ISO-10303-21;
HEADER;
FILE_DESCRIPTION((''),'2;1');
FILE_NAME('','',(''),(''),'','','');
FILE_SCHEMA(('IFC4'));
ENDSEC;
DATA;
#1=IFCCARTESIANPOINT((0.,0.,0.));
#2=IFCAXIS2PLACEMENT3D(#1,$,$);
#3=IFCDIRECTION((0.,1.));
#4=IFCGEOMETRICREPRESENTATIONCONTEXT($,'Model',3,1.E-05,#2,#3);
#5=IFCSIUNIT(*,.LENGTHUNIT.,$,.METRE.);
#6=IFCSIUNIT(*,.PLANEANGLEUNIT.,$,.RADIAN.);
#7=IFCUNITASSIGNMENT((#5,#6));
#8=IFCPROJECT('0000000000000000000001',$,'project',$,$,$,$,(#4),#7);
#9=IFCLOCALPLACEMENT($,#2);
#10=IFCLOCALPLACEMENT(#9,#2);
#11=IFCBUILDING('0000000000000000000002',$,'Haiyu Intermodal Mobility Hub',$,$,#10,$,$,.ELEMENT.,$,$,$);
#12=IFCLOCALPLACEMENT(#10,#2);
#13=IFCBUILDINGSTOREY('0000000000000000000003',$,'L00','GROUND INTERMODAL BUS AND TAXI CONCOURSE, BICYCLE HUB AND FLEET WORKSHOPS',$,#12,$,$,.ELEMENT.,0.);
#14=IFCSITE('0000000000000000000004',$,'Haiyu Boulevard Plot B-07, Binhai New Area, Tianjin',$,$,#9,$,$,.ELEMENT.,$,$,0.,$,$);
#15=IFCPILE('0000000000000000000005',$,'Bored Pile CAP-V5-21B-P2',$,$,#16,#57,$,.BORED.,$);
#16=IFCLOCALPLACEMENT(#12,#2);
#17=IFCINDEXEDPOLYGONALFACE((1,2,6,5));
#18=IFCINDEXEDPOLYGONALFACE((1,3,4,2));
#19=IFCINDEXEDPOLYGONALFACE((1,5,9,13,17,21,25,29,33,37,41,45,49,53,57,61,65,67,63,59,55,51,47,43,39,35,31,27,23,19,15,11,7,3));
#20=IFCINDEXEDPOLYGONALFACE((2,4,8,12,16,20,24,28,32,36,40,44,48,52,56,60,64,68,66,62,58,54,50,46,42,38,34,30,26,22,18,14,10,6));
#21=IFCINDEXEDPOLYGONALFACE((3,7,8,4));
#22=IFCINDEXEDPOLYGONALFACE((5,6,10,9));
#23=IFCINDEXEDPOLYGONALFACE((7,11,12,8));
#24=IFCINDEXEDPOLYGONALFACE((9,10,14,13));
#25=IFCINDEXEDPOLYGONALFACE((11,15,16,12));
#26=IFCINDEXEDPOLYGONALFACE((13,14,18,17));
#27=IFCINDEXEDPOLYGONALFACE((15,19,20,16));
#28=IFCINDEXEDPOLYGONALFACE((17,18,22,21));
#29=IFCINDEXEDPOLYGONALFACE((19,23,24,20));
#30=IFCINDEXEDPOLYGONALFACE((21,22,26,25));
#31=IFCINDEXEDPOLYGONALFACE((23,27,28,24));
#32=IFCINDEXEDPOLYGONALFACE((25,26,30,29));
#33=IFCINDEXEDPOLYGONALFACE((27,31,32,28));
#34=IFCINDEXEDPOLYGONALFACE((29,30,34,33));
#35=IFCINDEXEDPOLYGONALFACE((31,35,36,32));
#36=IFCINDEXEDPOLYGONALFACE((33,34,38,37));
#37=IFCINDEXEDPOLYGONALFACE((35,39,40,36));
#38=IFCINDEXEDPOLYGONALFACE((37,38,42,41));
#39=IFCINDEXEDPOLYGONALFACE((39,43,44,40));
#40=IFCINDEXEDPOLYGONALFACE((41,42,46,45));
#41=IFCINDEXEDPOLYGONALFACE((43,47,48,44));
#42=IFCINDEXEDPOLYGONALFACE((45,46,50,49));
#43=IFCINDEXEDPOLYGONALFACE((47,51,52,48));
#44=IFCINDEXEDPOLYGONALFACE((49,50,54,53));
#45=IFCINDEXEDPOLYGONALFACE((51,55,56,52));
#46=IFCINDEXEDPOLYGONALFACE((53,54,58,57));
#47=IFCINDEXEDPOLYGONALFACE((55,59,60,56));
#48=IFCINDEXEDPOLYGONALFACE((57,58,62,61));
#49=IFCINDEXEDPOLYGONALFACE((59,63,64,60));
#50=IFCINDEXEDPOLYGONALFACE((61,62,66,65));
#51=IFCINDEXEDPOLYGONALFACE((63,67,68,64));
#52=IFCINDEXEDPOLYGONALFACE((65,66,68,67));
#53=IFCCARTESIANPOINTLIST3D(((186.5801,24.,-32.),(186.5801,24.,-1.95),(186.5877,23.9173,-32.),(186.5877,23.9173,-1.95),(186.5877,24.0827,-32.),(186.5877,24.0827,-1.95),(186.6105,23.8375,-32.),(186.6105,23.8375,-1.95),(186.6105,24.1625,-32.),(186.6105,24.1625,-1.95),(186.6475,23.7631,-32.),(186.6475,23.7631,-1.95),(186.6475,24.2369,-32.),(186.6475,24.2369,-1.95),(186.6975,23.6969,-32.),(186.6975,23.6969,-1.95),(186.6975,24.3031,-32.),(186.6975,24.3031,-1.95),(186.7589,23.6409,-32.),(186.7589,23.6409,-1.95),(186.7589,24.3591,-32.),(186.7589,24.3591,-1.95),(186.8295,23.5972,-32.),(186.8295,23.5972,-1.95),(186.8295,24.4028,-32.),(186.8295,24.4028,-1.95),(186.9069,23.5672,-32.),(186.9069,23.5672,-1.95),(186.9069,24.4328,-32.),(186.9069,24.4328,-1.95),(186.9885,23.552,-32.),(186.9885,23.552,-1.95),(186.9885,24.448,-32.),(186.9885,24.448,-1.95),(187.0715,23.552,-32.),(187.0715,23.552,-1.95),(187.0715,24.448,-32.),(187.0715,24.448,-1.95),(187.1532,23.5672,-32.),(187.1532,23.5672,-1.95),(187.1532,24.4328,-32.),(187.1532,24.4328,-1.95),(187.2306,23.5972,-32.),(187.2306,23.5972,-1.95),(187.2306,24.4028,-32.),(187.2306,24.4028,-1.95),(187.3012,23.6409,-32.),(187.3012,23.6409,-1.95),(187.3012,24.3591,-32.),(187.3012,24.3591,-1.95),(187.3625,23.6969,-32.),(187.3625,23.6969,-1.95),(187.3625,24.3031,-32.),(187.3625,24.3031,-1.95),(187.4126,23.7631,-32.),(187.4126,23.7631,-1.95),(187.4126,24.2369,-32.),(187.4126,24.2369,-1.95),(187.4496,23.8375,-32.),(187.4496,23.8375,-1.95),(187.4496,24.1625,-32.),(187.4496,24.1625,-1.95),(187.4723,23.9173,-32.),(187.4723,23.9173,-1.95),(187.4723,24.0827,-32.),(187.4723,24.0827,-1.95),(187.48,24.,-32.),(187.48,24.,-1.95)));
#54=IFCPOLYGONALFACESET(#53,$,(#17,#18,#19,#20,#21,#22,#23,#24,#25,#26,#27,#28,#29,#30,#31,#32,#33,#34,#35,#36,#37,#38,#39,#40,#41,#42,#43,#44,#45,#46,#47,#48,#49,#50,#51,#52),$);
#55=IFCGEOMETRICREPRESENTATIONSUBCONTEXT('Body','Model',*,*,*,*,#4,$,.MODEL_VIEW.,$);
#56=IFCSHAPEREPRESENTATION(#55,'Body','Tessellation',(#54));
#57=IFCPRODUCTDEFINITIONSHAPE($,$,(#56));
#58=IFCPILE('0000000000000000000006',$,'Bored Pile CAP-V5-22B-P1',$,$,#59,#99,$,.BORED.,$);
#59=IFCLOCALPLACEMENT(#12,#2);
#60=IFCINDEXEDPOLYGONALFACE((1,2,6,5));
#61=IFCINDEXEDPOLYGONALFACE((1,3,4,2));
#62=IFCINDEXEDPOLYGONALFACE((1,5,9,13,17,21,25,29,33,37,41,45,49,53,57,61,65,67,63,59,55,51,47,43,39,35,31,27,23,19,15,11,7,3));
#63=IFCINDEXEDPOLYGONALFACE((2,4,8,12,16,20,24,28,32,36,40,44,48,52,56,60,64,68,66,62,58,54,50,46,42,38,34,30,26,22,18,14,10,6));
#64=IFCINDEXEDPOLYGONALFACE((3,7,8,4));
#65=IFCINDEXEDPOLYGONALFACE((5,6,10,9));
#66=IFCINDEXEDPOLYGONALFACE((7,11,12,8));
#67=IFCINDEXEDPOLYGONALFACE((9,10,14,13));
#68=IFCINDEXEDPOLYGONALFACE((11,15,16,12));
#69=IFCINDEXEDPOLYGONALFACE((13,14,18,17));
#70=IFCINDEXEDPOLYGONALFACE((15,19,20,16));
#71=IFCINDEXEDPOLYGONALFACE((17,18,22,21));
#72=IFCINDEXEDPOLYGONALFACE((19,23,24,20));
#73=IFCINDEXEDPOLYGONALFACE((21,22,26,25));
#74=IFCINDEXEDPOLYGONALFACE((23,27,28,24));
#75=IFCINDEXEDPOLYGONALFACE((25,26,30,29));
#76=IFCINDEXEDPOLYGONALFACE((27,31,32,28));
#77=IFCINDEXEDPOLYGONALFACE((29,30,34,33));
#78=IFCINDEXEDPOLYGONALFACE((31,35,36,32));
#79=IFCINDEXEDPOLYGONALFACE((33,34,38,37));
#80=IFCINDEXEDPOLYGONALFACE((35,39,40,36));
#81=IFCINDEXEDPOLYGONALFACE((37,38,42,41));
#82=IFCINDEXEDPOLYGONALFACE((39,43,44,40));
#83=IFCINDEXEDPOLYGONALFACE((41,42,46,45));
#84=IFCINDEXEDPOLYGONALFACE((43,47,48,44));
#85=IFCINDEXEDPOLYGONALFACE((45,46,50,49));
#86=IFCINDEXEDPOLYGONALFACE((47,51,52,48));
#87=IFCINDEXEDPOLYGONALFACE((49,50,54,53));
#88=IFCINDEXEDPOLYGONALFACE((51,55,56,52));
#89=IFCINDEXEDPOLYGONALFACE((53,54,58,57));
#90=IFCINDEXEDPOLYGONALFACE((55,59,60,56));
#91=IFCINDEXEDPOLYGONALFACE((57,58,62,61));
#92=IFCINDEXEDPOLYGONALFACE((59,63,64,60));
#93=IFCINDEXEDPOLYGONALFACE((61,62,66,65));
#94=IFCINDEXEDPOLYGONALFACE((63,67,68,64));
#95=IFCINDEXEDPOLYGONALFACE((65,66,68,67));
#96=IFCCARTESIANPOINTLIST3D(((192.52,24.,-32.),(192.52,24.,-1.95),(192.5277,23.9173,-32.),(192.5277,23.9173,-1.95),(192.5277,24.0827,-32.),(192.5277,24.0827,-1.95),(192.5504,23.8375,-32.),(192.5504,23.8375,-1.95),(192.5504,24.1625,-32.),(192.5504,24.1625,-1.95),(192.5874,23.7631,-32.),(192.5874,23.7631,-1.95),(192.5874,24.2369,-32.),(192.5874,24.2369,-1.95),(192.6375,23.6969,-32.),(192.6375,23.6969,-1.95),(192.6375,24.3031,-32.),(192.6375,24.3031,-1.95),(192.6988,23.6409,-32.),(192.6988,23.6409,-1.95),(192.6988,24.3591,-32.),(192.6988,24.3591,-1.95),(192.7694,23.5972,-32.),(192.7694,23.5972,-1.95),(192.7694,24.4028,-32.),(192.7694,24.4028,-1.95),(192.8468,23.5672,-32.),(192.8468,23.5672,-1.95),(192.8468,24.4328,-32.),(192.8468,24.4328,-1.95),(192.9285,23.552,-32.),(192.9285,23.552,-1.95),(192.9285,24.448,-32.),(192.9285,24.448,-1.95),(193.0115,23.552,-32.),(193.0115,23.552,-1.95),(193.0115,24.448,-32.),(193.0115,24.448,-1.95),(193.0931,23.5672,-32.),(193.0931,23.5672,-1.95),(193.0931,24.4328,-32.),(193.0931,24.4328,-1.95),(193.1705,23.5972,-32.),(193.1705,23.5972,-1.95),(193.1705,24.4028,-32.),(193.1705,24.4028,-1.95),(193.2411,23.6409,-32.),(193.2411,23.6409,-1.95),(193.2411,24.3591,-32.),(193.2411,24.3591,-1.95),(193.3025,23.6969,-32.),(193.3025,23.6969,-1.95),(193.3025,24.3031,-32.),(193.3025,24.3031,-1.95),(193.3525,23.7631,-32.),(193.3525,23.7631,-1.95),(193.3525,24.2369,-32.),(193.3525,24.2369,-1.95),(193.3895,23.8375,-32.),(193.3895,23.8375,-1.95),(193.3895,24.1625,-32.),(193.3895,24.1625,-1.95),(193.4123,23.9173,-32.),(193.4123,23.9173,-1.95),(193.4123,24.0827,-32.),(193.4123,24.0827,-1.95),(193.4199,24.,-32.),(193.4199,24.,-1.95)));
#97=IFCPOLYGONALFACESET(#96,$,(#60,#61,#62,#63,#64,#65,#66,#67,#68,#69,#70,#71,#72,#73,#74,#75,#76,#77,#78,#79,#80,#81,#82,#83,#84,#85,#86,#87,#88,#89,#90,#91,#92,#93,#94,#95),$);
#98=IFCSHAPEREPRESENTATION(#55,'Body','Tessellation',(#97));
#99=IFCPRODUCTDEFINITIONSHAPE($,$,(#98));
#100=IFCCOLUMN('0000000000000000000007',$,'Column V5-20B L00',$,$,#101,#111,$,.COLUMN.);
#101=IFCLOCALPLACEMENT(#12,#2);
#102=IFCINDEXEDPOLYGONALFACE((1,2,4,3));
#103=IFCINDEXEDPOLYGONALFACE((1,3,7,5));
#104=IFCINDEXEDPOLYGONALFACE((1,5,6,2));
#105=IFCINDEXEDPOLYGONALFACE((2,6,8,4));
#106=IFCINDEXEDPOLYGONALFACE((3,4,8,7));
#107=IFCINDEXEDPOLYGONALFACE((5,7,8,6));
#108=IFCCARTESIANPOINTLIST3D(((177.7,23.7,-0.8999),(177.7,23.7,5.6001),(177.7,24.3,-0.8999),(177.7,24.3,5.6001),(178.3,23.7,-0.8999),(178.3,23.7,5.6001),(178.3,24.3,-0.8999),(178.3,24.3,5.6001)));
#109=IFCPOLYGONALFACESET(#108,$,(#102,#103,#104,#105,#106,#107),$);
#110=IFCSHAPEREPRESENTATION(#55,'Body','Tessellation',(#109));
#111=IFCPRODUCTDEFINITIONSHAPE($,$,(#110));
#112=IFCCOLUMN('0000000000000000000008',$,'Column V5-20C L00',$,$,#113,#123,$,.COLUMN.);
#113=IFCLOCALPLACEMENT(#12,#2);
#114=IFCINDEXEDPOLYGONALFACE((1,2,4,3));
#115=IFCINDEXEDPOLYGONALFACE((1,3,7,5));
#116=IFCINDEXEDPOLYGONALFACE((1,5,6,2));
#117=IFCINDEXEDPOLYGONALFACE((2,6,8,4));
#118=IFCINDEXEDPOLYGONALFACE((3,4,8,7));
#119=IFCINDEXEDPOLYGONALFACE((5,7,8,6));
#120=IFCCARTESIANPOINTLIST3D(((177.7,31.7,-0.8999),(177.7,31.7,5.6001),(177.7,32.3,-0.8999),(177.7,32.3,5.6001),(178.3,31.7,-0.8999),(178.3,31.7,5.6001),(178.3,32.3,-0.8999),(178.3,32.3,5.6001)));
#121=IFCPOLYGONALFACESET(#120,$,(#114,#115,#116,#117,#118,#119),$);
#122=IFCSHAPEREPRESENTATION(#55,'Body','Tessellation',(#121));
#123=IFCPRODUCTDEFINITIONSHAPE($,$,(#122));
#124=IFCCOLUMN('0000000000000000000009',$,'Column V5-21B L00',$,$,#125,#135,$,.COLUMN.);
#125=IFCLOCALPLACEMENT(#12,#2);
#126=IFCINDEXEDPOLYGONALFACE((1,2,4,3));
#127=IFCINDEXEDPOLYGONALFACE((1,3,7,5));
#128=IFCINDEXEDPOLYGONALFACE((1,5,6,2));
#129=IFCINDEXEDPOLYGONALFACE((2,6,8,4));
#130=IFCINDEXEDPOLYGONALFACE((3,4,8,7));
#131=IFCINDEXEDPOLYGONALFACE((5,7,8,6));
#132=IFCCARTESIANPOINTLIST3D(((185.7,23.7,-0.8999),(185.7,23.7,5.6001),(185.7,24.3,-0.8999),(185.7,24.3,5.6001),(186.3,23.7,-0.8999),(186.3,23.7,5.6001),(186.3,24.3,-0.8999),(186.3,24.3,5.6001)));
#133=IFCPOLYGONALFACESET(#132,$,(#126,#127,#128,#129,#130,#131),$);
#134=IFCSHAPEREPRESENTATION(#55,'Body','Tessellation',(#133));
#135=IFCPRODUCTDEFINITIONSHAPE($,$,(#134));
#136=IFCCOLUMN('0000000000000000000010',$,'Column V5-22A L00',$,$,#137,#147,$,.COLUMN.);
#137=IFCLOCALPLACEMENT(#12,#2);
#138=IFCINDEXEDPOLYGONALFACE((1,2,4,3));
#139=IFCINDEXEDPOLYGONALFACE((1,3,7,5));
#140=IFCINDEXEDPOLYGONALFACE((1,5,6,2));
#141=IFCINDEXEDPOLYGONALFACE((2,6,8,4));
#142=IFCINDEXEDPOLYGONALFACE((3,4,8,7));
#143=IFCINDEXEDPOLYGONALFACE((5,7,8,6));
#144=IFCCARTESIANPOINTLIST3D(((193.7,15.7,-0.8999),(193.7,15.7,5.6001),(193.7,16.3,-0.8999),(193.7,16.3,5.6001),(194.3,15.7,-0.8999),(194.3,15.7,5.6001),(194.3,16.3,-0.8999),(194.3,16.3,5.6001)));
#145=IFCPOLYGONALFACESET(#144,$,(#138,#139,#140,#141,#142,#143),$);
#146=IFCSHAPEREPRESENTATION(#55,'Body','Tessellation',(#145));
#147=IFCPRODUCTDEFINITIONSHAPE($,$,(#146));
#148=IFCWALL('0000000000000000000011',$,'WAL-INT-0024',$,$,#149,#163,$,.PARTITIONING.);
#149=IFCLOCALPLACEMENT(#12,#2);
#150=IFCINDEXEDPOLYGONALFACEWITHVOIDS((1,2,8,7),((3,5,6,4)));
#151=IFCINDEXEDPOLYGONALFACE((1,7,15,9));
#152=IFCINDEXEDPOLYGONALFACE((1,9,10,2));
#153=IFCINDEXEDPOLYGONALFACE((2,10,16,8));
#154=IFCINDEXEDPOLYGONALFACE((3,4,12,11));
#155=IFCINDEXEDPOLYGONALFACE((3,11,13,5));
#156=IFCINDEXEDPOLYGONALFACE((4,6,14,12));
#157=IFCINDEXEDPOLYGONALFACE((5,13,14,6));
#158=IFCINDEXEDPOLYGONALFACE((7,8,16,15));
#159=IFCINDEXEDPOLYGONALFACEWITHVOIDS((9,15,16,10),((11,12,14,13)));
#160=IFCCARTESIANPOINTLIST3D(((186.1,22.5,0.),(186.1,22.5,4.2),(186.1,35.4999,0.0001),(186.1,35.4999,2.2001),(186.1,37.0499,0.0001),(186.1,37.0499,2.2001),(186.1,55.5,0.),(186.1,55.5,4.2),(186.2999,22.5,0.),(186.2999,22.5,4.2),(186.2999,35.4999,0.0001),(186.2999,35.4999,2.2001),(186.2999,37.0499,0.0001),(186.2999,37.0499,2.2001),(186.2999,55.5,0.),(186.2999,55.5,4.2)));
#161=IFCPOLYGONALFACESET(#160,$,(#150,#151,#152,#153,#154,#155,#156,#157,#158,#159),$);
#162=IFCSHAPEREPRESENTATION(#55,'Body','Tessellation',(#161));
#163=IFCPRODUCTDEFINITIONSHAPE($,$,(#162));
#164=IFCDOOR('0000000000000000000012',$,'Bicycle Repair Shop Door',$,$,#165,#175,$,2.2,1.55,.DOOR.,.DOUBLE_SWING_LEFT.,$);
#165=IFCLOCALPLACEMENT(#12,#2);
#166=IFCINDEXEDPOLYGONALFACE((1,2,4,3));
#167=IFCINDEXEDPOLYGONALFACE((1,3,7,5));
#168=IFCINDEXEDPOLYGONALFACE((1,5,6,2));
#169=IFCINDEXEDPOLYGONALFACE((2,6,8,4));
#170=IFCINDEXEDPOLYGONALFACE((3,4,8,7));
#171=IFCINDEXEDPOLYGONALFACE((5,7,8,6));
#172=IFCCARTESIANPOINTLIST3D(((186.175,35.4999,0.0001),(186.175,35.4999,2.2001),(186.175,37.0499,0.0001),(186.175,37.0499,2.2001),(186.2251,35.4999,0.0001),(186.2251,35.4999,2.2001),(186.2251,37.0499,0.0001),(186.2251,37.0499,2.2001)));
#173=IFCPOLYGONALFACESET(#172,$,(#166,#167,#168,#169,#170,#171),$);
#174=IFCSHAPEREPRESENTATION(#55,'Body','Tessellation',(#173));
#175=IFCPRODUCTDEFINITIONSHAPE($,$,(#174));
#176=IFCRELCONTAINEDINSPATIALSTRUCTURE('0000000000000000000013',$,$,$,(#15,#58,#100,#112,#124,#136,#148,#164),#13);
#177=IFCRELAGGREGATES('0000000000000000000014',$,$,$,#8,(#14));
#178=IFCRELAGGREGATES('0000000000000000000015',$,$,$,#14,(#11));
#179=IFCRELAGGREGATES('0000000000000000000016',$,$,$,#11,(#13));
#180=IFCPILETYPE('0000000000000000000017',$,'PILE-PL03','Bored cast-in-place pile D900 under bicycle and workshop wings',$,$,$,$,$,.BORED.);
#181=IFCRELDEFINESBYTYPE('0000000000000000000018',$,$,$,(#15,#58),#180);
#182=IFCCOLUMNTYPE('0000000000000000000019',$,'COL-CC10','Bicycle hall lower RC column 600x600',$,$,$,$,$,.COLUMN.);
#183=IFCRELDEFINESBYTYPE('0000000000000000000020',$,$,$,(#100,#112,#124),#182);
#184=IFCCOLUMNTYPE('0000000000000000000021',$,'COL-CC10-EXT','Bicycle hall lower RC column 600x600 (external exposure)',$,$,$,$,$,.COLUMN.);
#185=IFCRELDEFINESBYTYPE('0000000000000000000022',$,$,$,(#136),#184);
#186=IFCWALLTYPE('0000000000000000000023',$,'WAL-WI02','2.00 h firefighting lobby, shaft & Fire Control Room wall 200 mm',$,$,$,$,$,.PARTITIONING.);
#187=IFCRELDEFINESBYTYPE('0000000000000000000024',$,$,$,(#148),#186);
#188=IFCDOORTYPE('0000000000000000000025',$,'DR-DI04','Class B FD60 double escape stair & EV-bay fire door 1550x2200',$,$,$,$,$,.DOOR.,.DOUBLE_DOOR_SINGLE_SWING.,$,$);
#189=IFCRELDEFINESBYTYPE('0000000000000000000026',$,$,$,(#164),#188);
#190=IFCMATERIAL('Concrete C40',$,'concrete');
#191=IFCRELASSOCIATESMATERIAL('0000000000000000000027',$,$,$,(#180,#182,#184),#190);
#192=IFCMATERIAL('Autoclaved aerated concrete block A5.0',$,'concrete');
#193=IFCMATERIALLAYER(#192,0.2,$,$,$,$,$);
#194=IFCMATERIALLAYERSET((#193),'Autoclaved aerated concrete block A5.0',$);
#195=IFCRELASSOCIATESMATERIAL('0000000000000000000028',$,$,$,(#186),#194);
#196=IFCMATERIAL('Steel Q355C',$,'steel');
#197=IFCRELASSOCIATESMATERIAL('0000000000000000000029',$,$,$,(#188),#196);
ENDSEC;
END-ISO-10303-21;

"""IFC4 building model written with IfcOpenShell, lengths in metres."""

from ifc_helpers import new_model, si_unit, direction, frame, frame_2d, origin, origin_2d, place, context, subcontext, project, spatial, rectangle, circle, extrude, material, layer, layer_set, material_profile, profile_set, type_object, element, fill, save


model = new_model("IFC4")

# Units and contexts
model_context = context("Model", 3, precision=1e-05, world=origin(), true_north=direction((0.0, 1.0)))
body_context = subcontext(model_context, "Body", "Model", "MODEL_VIEW")
ifc_project = project(units=[si_unit("LENGTHUNIT", "METRE"), si_unit("PLANEANGLEUNIT", "RADIAN")], contexts=[model_context])

# Site, building, storey
site_placement = place(None, origin())
site = spatial("IfcSite", under=ifc_project, at=site_placement, Name="Haiyu Boulevard Plot B-07, Binhai New Area, Tianjin", CompositionType="ELEMENT", RefElevation=0.0)
building_placement = place(site_placement, origin())
building = spatial("IfcBuilding", under=site, at=building_placement, Name="Haiyu Intermodal Mobility Hub", CompositionType="ELEMENT")
storey_placement = place(building_placement, origin())
storey = spatial("IfcBuildingStorey", under=building, at=storey_placement, Name="L00", Description="GROUND INTERMODAL BUS AND TAXI CONCOURSE, BICYCLE HUB AND FLEET WORKSHOPS", CompositionType="ELEMENT", Elevation=0.0)

# Shared definitions
ifc_material_1 = material(Name="Concrete C40", Category="concrete")

# Piles
ifc_material_profile_1 = material_profile(ifc_material_1, circle(Radius=0.45, at=origin_2d()), Name="PILE-D900")
ifc_profile_set_1 = profile_set([ifc_material_profile_1], Name="Concrete C40")
pile_type = type_object("IfcPileType", Name="PILE-PL03", Description="Bored cast-in-place pile D900 under bicycle and workshop wings", PredefinedType="BORED", material=ifc_profile_set_1)
for number, where, z_axis, x_axis, name in (
    (1, (187.03, 24.0, -1.95), (0.0, 0.0, -1.0), (1.0, 0.0, 0.0), "Bored Pile CAP-V5-21B-P2"),
    (2, (192.97, 24.0, -1.95), (0.0, 0.0, -1.0), (1.0, 0.0, 0.0), "Bored Pile CAP-V5-22B-P1"),
):
    element("IfcPile", number, at=place(storey_placement, frame(where, z_axis=z_axis, x_axis=x_axis)), inside=storey, type_object=pile_type, Name=name, PredefinedType="BORED", context=body_context, shape_type="SweptSolid", body=[
        extrude(circle(Radius=0.45, at=origin_2d()), origin(), (0.0, 0.0, 1.0), 30.05),
    ])

# Columns
ifc_material_profile_2 = material_profile(ifc_material_1, rectangle(XDim=0.6001, YDim=0.6001, at=origin_2d()), Name="RC600x600")
ifc_profile_set_2 = profile_set([ifc_material_profile_2], Name="Concrete C40")
column_type_1 = type_object("IfcColumnType", Name="COL-CC10", Description="Bicycle hall lower RC column 600x600", PredefinedType="COLUMN", material=ifc_profile_set_2)
for number, where, z_axis, x_axis, name in (
    (3, (178.0, 24.0, -0.8999), (0.0, 0.0, 1.0), (1.0, 0.0, 0.0), "Column V5-20B L00"),
    (4, (178.0, 32.0, -0.8999), (0.0, 0.0, 1.0), (1.0, 0.0, 0.0), "Column V5-20C L00"),
    (5, (186.0, 24.0, -0.8999), (0.0, 0.0, 1.0), (1.0, 0.0, 0.0), "Column V5-21B L00"),
):
    element("IfcColumn", number, at=place(storey_placement, frame(where, z_axis=z_axis, x_axis=x_axis)), inside=storey, type_object=column_type_1, Name=name, PredefinedType="COLUMN", context=body_context, shape_type="SweptSolid", body=[
        extrude(rectangle(XDim=0.6001, YDim=0.6001, at=origin_2d()), origin(), (0.0, 0.0, 1.0), 6.5),
    ])
ifc_material_profile_3 = material_profile(ifc_material_1, rectangle(XDim=0.6001, YDim=0.6001, at=origin_2d()), Name="RC600x600")
ifc_profile_set_3 = profile_set([ifc_material_profile_3], Name="Concrete C40")
column_type_2 = type_object("IfcColumnType", Name="COL-CC10-EXT", Description="Bicycle hall lower RC column 600x600 (external exposure)", PredefinedType="COLUMN", material=ifc_profile_set_3)
column_placement = place(storey_placement, frame((194.0, 16.0, -0.8999), z_axis=(0.0, 0.0, 1.0), x_axis=(1.0, 0.0, 0.0)))
element("IfcColumn", 6, at=column_placement, inside=storey, type_object=column_type_2, Name="Column V5-22A L00", PredefinedType="COLUMN", context=body_context, shape_type="SweptSolid", body=[
    extrude(rectangle(XDim=0.6001, YDim=0.6001, at=origin_2d()), origin(), (0.0, 0.0, 1.0), 6.5),
])

# Wall, opening, door
ifc_material_2 = material(Name="Autoclaved aerated concrete block A5.0", Category="concrete")
ifc_layer_1 = layer(ifc_material_2, 0.2)
ifc_layer_set_1 = layer_set([ifc_layer_1], Name="Autoclaved aerated concrete block A5.0")
wall_type = type_object("IfcWallType", Name="WAL-WI02", Description="2.00 h firefighting lobby, shaft & Fire Control Room wall 200 mm", PredefinedType="PARTITIONING", material=ifc_layer_set_1)
wall_placement = place(storey_placement, frame((186.2, 22.5, 0.0), z_axis=(0.0, 0.0, 1.0), x_axis=(0.0, 1.0, 0.0)))
wall = element("IfcWall", 7, at=wall_placement, inside=storey, type_object=wall_type, Name="WAL-INT-0024", PredefinedType="PARTITIONING", context=body_context, shape_type="SweptSolid", body=[
    extrude(rectangle(XDim=33.0, YDim=0.2, at=frame_2d((16.5, 0.0))), origin(), (0.0, 0.0, 1.0), 4.2),
])
opening_placement = place(wall_placement, frame((13.0, 0.0, 0.0)))
opening = element("IfcOpeningElement", 8, at=opening_placement, cuts=wall, PredefinedType="OPENING", context=body_context, shape_type="SweptSolid", body=[
    extrude(rectangle(XDim=1.55, YDim=2.2, at=frame_2d((0.7749, 1.1001))), frame((0.0, 0.1099, 0.0), z_axis=(0.0, -1.0, 0.0), x_axis=(1.0, 0.0, 0.0)), (0.0, 0.0, 1.0), 0.22),
])
ifc_material_3 = material(Name="Steel Q355C", Category="steel")
door_type = type_object("IfcDoorType", Name="DR-DI04", Description="Class B FD60 double escape stair & EV-bay fire door 1550x2200", OperationType="DOUBLE_DOOR_SINGLE_SWING", PredefinedType="DOOR", material=ifc_material_3)
door_placement = place(opening_placement, origin())
door = element("IfcDoor", 9, at=door_placement, inside=storey, type_object=door_type, Name="Bicycle Repair Shop Door", OperationType="DOUBLE_SWING_LEFT", OverallHeight=2.2, OverallWidth=1.55, PredefinedType="DOOR", context=body_context, shape_type="SweptSolid", body=[
    extrude(rectangle(XDim=1.55, YDim=2.2, at=frame_2d((0.7749, 1.1001))), frame((0.0, 0.0249, 0.0), z_axis=(0.0, -1.0, 0.0), x_axis=(1.0, 0.0, 0.0)), (0.0, 0.0, 1.0), 0.05),
])
fill(opening, door)

save(model, "model.ifc")
